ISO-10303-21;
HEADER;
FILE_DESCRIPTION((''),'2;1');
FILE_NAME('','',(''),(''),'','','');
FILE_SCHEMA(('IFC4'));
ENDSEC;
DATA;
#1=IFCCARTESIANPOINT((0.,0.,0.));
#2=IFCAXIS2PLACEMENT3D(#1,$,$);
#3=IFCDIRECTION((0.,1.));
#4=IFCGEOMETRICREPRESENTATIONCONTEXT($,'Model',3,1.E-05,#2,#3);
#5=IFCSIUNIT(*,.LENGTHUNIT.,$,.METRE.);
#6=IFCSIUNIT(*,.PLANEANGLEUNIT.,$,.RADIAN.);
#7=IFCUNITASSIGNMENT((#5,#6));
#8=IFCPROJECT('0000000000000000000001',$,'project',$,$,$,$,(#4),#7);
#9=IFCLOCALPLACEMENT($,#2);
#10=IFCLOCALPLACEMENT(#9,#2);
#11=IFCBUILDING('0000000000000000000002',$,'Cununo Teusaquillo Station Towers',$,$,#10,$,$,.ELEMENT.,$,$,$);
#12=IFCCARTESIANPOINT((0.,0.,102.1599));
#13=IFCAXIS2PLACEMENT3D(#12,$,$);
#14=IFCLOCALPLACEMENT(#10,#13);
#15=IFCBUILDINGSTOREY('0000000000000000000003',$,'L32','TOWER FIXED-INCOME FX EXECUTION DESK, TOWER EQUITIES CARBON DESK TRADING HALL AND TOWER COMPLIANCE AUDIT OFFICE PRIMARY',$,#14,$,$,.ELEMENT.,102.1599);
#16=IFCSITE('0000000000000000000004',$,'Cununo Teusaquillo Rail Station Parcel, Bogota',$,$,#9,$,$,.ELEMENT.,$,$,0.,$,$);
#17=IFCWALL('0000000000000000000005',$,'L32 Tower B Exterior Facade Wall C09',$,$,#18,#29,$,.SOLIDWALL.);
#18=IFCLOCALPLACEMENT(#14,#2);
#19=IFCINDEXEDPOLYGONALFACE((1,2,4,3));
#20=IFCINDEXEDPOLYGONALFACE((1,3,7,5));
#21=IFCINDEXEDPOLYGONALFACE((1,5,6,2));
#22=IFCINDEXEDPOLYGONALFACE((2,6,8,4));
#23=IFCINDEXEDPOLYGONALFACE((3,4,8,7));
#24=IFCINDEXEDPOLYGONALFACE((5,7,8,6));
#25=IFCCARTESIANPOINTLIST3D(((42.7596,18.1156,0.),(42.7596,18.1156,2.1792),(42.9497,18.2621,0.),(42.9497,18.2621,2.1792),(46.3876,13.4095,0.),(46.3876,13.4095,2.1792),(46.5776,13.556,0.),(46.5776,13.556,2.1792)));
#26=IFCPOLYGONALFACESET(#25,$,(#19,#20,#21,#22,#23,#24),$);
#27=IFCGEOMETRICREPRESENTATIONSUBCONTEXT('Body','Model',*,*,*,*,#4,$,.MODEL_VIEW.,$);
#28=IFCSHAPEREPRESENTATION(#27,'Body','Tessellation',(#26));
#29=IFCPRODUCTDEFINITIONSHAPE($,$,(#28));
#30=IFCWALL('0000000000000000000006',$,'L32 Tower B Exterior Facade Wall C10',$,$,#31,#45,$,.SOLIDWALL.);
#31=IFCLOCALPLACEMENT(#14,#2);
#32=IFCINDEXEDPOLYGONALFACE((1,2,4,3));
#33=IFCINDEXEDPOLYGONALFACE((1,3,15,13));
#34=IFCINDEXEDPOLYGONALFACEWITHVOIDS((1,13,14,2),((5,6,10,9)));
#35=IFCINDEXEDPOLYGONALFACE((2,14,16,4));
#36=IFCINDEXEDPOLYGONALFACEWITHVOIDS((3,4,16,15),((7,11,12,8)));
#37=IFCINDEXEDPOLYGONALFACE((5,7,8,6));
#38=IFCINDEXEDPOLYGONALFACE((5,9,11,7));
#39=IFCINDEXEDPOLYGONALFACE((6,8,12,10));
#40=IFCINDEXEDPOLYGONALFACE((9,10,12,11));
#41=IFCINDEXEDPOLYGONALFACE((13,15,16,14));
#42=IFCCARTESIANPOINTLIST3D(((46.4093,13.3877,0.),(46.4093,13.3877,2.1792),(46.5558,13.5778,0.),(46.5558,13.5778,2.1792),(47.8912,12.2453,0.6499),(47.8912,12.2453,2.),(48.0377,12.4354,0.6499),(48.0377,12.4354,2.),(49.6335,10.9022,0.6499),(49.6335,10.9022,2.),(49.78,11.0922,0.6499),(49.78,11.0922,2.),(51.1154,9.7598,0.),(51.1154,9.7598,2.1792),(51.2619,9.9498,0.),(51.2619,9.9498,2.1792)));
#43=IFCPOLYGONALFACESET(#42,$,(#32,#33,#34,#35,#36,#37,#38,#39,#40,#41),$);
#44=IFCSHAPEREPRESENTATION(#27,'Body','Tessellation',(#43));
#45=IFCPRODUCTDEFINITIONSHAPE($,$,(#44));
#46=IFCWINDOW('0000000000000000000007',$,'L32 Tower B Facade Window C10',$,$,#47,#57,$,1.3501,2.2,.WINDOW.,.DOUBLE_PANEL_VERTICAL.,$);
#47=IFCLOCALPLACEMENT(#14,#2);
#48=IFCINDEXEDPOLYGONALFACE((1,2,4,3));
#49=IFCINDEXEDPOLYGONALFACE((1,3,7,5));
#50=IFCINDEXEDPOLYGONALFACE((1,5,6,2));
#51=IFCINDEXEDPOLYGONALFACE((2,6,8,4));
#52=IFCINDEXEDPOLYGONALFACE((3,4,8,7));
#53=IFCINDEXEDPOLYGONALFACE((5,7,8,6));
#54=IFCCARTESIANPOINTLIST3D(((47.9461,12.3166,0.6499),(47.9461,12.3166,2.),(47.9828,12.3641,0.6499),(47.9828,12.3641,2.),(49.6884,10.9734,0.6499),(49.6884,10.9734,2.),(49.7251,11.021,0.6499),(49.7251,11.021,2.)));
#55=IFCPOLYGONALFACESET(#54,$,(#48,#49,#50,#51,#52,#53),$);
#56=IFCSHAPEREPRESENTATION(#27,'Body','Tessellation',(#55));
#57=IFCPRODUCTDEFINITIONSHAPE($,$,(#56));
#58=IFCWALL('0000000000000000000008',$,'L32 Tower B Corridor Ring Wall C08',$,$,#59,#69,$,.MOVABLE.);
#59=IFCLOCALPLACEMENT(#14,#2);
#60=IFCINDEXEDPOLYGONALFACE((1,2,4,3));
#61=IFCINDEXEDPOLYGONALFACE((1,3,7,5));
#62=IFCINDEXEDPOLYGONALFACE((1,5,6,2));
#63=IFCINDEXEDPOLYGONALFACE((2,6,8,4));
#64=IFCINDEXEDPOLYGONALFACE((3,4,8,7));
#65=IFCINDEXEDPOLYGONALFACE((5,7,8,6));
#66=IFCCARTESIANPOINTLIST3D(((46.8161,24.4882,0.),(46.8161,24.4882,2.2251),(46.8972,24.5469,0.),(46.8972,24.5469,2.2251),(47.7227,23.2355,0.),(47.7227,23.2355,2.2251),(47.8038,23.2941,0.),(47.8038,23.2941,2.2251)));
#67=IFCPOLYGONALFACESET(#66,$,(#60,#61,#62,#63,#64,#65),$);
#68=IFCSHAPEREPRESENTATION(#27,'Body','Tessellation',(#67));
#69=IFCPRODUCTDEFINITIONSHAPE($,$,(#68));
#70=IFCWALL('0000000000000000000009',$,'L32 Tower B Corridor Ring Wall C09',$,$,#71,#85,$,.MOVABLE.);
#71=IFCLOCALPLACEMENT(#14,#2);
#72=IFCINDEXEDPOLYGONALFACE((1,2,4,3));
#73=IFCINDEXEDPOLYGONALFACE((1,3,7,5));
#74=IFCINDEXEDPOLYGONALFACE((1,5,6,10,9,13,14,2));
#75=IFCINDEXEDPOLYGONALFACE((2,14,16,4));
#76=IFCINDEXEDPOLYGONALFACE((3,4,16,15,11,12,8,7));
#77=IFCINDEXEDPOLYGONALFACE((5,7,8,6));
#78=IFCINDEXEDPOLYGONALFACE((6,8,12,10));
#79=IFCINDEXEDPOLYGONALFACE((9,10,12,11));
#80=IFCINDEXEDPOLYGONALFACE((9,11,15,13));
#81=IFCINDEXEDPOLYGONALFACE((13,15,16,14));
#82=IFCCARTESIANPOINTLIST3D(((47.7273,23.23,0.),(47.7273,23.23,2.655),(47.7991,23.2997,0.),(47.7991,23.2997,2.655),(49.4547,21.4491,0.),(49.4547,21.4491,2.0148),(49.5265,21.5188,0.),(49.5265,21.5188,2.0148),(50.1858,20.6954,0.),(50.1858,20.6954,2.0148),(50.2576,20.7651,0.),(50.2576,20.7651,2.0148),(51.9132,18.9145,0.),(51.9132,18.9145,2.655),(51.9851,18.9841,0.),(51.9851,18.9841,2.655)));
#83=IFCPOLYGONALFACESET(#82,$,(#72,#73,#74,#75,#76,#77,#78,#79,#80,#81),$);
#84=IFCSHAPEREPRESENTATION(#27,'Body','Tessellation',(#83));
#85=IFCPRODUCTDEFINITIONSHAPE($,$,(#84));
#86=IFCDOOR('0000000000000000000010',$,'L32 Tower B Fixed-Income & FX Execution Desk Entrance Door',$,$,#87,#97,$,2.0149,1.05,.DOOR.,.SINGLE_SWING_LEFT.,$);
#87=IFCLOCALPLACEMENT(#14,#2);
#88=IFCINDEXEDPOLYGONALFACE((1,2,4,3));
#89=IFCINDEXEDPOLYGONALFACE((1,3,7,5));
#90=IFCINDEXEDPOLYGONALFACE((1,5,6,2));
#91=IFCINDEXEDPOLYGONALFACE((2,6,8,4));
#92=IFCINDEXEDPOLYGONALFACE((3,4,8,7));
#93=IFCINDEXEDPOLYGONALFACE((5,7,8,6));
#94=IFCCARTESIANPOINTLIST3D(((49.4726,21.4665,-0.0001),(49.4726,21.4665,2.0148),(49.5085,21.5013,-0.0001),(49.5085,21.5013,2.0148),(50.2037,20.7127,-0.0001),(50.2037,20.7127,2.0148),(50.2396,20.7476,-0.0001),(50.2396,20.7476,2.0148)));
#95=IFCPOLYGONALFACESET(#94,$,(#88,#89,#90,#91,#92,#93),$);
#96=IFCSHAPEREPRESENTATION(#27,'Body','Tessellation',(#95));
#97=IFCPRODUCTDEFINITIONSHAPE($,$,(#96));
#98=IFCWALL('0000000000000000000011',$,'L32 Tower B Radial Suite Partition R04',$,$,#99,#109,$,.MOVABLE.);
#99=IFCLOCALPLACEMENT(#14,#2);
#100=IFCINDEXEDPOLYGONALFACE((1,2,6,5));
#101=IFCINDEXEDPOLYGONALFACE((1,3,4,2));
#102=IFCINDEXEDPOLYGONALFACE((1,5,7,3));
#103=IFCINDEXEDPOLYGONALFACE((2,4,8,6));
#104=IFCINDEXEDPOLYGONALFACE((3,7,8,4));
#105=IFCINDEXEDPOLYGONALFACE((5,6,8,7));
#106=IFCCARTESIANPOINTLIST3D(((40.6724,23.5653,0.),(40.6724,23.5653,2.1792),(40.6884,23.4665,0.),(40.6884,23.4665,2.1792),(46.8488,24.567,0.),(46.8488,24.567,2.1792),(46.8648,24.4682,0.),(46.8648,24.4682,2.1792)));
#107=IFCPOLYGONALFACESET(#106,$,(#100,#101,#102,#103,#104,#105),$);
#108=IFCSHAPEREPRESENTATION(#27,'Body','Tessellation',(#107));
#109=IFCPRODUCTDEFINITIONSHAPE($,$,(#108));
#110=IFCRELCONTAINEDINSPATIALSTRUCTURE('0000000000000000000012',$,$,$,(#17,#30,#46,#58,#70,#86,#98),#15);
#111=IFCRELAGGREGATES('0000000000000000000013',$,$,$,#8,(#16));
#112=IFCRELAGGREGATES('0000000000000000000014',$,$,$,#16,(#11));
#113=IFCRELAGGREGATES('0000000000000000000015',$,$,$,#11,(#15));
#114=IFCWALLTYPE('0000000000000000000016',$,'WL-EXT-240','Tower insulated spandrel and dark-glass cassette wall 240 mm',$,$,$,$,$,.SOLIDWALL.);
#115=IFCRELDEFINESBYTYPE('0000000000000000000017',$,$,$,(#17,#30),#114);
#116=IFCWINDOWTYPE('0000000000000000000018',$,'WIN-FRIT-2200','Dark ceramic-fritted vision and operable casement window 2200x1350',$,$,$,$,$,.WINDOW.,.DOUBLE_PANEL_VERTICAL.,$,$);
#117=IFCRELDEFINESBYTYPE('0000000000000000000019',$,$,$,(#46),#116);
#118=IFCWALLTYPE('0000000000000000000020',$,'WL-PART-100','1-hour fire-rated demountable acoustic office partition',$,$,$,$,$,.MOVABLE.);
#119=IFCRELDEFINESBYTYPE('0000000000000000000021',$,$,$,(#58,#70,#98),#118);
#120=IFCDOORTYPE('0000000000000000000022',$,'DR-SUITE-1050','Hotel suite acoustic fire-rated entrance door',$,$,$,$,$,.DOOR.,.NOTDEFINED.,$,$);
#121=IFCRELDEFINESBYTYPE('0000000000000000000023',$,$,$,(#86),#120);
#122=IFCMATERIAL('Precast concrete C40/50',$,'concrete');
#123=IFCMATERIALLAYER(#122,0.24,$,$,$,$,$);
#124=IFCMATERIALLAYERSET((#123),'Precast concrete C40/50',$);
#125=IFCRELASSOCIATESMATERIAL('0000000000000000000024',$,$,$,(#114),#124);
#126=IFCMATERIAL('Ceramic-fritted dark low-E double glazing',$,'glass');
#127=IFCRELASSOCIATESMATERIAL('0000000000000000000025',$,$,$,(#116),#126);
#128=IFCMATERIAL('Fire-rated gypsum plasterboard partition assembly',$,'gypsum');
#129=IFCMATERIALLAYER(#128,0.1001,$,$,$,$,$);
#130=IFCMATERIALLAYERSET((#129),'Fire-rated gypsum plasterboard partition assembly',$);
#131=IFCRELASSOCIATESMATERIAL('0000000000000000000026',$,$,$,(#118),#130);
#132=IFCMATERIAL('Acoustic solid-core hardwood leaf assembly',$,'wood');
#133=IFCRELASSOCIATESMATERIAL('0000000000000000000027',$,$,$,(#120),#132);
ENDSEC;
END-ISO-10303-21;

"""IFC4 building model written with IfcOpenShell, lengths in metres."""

from ifc_helpers import new_model, si_unit, direction, frame, frame_2d, origin, place, context, subcontext, project, spatial, rectangle, extrude, source, transform, mapped, material, layer, layer_set, type_object, element, fill, save


model = new_model("IFC4")

# Units and contexts
model_context = context("Model", 3, precision=1e-05, world=origin(), true_north=direction((0.0, 1.0)))
body_context = subcontext(model_context, "Body", "Model", "MODEL_VIEW")
ifc_project = project(units=[si_unit("LENGTHUNIT", "METRE"), si_unit("PLANEANGLEUNIT", "RADIAN")], contexts=[model_context])

# Site, building, storey
site_placement = place(None, origin())
site = spatial("IfcSite", under=ifc_project, at=site_placement, Name="Cununo Teusaquillo Rail Station Parcel, Bogota", CompositionType="ELEMENT", RefElevation=0.0)
building_placement = place(site_placement, origin())
building = spatial("IfcBuilding", under=site, at=building_placement, Name="Cununo Teusaquillo Station Towers", CompositionType="ELEMENT")
storey_placement = place(building_placement, frame((0.0, 0.0, 102.1599)))
storey = spatial("IfcBuildingStorey", under=building, at=storey_placement, Name="L32", Description="TOWER FIXED-INCOME FX EXECUTION DESK, TOWER EQUITIES CARBON DESK TRADING HALL AND TOWER COMPLIANCE AUDIT OFFICE PRIMARY", CompositionType="ELEMENT", Elevation=102.1599)

# Shared definitions
ifc_material_1 = material(Name="Precast concrete C40/50", Category="concrete")
ifc_layer_1 = layer(ifc_material_1, 0.24)
ifc_layer_set_1 = layer_set([ifc_layer_1], Name="Precast concrete C40/50")
wall_type_1 = type_object("IfcWallType", Name="WL-EXT-240", Description="Tower insulated spandrel and dark-glass cassette wall 240 mm", PredefinedType="SOLIDWALL", material=ifc_layer_set_1)

# Shared definitions
shared_shape_1 = source(origin(), body_context, "Body", "SweptSolid", [
    extrude(rectangle(XDim=2.2, YDim=1.3501, at=frame_2d((1.1001, 0.675))), frame((0.0, 0.1299, 0.0), z_axis=(0.0, -1.0, 0.0), x_axis=(1.0, 0.0, 0.0)), (0.0, 0.0, 1.0), 0.26),
])
ifc_material_2 = material(Name="Ceramic-fritted dark low-E double glazing", Category="glass")
window_type_1 = type_object("IfcWindowType", Name="WIN-FRIT-2200", Description="Dark ceramic-fritted vision and operable casement window 2200x1350", PartitioningType="DOUBLE_PANEL_VERTICAL", PredefinedType="WINDOW", material=ifc_material_2)
shared_shape_2 = source(origin(), body_context, "Body", "SweptSolid", [
    extrude(rectangle(XDim=2.2, YDim=1.3501, at=frame_2d((1.1001, 0.675))), frame((0.0, 0.03, 0.0), z_axis=(0.0, -1.0, 0.0), x_axis=(1.0, 0.0, 0.0)), (0.0, 0.0, 1.0), 0.0601),
])

# Wall
wall_1_placement = place(storey_placement, frame((46.4827, 13.4827, 0.0), z_axis=(0.0, 0.0, 1.0), x_axis=(-0.610544, 0.791982, 0.0)))
element("IfcWall", 1, at=wall_1_placement, inside=storey, type_object=wall_type_1, Name="L32 Tower B Exterior Facade Wall C09", PredefinedType="SOLIDWALL", context=body_context, shape_type="SweptSolid", body=[
    extrude(rectangle(XDim=5.9421, YDim=0.24, at=frame_2d((2.9712, 0.0))), origin(), (0.0, 0.0, 1.0), 2.1792),
])

# Wall, opening, window
wall_2_placement = place(storey_placement, frame((51.1887, 9.8547, 0.0), z_axis=(0.0, 0.0, 1.0), x_axis=(-0.791982, 0.610544, 0.0)))
wall_2 = element("IfcWall", 2, at=wall_2_placement, inside=storey, type_object=wall_type_1, Name="L32 Tower B Exterior Facade Wall C10", PredefinedType="SOLIDWALL", context=body_context, shape_type="SweptSolid", body=[
    extrude(rectangle(XDim=5.9421, YDim=0.24, at=frame_2d((2.9712, 0.0))), origin(), (0.0, 0.0, 1.0), 2.1792),
])
opening_1_placement = place(wall_2_placement, frame((1.8711, 0.0, 0.6499)))
opening_1 = element("IfcOpeningElement", 3, at=opening_1_placement, cuts=wall_2, PredefinedType="OPENING", context=body_context, shape_type="MappedRepresentation", body=[
    mapped(shared_shape_1, transform((0.0, 0.0, 0.0), x_axis=(1.0, 0.0, 0.0), y_axis=(0.0, 1.0, 0.0), z_axis=(0.0, 0.0, 1.0), scale=1.0)),
])
window_1_placement = place(opening_1_placement, origin())
window_1 = element("IfcWindow", 4, at=window_1_placement, inside=storey, type_object=window_type_1, Name="L32 Tower B Facade Window C10", OverallHeight=1.3501, OverallWidth=2.2, PartitioningType="DOUBLE_PANEL_VERTICAL", PredefinedType="WINDOW", context=body_context, shape_type="MappedRepresentation", body=[
    mapped(shared_shape_2, transform((0.0, 0.0, 0.0), x_axis=(1.0, 0.0, 0.0), y_axis=(0.0, 1.0, 0.0), z_axis=(0.0, 0.0, 1.0), scale=1.0)),
])
fill(opening_1, window_1)

# Wall
ifc_material_3 = material(Name="Fire-rated gypsum plasterboard partition assembly", Category="gypsum")
ifc_layer_2 = layer(ifc_material_3, 0.1001)
ifc_layer_set_2 = layer_set([ifc_layer_2], Name="Fire-rated gypsum plasterboard partition assembly")
wall_type_2 = type_object("IfcWallType", Name="WL-PART-100", Description="1-hour fire-rated demountable acoustic office partition", PredefinedType="MOVABLE", material=ifc_layer_set_2)
wall_3_placement = place(storey_placement, frame((46.8567, 24.5176, 0.0), z_axis=(0.0, 0.0, 1.0), x_axis=(0.586245, -0.810133, 0.0)))
element("IfcWall", 5, at=wall_3_placement, inside=storey, type_object=wall_type_2, Name="L32 Tower B Corridor Ring Wall C08", PredefinedType="MOVABLE", context=body_context, shape_type="SweptSolid", body=[
    extrude(rectangle(XDim=1.5464, YDim=0.1001, at=frame_2d((0.7732, 0.0))), origin(), (0.0, 0.0, 1.0), 2.2251),
])

# Wall, opening, door
wall_4_placement = place(storey_placement, frame((47.7632, 23.2649, 0.0), z_axis=(0.0, 0.0, 1.0), x_axis=(0.696243, -0.717806, 0.0)))
wall_4 = element("IfcWall", 6, at=wall_4_placement, inside=storey, type_object=wall_type_2, Name="L32 Tower B Corridor Ring Wall C09", PredefinedType="MOVABLE", context=body_context, shape_type="SweptSolid", body=[
    extrude(rectangle(XDim=6.0122, YDim=0.1001, at=frame_2d((3.0061, 0.0))), origin(), (0.0, 0.0, 1.0), 2.655),
])
shared_shape_3 = source(origin(), body_context, "Body", "SweptSolid", [
    extrude(rectangle(XDim=1.05, YDim=2.0149, at=frame_2d((0.5249, 1.0073))), frame((0.0, 0.0601, 0.0), z_axis=(0.0, -1.0, 0.0), x_axis=(1.0, 0.0, 0.0)), (0.0, 0.0, 1.0), 0.1201),
])
opening_2_placement = place(wall_4_placement, frame((2.4812, 0.0, 0.0)))
opening_2 = element("IfcOpeningElement", 7, at=opening_2_placement, cuts=wall_4, PredefinedType="OPENING", context=body_context, shape_type="MappedRepresentation", body=[
    mapped(shared_shape_3, transform((0.0, 0.0, 0.0), x_axis=(1.0, 0.0, 0.0), y_axis=(0.0, 1.0, 0.0), z_axis=(0.0, 0.0, 1.0), scale=1.0)),
])
ifc_material_4 = material(Name="Acoustic solid-core hardwood leaf assembly", Category="wood")
door_type_1 = type_object("IfcDoorType", Name="DR-SUITE-1050", Description="Hotel suite acoustic fire-rated entrance door", OperationType="NOTDEFINED", PredefinedType="DOOR", material=ifc_material_4)
shared_shape_4 = source(origin(), body_context, "Body", "SweptSolid", [
    extrude(rectangle(XDim=1.05, YDim=2.0149, at=frame_2d((0.5249, 1.0073))), frame((0.0, 0.0249, 0.0), z_axis=(0.0, -1.0, 0.0), x_axis=(1.0, 0.0, 0.0)), (0.0, 0.0, 1.0), 0.05),
])
door_1_placement = place(opening_2_placement, origin())
door_1 = element("IfcDoor", 8, at=door_1_placement, inside=storey, type_object=door_type_1, Name="L32 Tower B Fixed-Income & FX Execution Desk Entrance Door", OperationType="SINGLE_SWING_LEFT", OverallHeight=2.0149, OverallWidth=1.05, PredefinedType="DOOR", context=body_context, shape_type="MappedRepresentation", body=[
    mapped(shared_shape_4, transform((0.0, 0.0, 0.0), x_axis=(1.0, 0.0, 0.0), y_axis=(0.0, 1.0, 0.0), z_axis=(0.0, 0.0, 1.0), scale=1.0)),
])
fill(opening_2, door_1)

# Wall
wall_5_placement = place(storey_placement, frame((46.8567, 24.5176, 0.0), z_axis=(0.0, 0.0, 1.0), x_axis=(-0.987102, -0.160095, 0.0)))
element("IfcWall", 9, at=wall_5_placement, inside=storey, type_object=wall_type_2, Name="L32 Tower B Radial Suite Partition R04", PredefinedType="MOVABLE", context=body_context, shape_type="SweptSolid", body=[
    extrude(rectangle(XDim=6.2571, YDim=0.1001, at=frame_2d((3.1284, 0.0))), origin(), (0.0, 0.0, 1.0), 2.1792),
])

save(model, "model.ifc")
